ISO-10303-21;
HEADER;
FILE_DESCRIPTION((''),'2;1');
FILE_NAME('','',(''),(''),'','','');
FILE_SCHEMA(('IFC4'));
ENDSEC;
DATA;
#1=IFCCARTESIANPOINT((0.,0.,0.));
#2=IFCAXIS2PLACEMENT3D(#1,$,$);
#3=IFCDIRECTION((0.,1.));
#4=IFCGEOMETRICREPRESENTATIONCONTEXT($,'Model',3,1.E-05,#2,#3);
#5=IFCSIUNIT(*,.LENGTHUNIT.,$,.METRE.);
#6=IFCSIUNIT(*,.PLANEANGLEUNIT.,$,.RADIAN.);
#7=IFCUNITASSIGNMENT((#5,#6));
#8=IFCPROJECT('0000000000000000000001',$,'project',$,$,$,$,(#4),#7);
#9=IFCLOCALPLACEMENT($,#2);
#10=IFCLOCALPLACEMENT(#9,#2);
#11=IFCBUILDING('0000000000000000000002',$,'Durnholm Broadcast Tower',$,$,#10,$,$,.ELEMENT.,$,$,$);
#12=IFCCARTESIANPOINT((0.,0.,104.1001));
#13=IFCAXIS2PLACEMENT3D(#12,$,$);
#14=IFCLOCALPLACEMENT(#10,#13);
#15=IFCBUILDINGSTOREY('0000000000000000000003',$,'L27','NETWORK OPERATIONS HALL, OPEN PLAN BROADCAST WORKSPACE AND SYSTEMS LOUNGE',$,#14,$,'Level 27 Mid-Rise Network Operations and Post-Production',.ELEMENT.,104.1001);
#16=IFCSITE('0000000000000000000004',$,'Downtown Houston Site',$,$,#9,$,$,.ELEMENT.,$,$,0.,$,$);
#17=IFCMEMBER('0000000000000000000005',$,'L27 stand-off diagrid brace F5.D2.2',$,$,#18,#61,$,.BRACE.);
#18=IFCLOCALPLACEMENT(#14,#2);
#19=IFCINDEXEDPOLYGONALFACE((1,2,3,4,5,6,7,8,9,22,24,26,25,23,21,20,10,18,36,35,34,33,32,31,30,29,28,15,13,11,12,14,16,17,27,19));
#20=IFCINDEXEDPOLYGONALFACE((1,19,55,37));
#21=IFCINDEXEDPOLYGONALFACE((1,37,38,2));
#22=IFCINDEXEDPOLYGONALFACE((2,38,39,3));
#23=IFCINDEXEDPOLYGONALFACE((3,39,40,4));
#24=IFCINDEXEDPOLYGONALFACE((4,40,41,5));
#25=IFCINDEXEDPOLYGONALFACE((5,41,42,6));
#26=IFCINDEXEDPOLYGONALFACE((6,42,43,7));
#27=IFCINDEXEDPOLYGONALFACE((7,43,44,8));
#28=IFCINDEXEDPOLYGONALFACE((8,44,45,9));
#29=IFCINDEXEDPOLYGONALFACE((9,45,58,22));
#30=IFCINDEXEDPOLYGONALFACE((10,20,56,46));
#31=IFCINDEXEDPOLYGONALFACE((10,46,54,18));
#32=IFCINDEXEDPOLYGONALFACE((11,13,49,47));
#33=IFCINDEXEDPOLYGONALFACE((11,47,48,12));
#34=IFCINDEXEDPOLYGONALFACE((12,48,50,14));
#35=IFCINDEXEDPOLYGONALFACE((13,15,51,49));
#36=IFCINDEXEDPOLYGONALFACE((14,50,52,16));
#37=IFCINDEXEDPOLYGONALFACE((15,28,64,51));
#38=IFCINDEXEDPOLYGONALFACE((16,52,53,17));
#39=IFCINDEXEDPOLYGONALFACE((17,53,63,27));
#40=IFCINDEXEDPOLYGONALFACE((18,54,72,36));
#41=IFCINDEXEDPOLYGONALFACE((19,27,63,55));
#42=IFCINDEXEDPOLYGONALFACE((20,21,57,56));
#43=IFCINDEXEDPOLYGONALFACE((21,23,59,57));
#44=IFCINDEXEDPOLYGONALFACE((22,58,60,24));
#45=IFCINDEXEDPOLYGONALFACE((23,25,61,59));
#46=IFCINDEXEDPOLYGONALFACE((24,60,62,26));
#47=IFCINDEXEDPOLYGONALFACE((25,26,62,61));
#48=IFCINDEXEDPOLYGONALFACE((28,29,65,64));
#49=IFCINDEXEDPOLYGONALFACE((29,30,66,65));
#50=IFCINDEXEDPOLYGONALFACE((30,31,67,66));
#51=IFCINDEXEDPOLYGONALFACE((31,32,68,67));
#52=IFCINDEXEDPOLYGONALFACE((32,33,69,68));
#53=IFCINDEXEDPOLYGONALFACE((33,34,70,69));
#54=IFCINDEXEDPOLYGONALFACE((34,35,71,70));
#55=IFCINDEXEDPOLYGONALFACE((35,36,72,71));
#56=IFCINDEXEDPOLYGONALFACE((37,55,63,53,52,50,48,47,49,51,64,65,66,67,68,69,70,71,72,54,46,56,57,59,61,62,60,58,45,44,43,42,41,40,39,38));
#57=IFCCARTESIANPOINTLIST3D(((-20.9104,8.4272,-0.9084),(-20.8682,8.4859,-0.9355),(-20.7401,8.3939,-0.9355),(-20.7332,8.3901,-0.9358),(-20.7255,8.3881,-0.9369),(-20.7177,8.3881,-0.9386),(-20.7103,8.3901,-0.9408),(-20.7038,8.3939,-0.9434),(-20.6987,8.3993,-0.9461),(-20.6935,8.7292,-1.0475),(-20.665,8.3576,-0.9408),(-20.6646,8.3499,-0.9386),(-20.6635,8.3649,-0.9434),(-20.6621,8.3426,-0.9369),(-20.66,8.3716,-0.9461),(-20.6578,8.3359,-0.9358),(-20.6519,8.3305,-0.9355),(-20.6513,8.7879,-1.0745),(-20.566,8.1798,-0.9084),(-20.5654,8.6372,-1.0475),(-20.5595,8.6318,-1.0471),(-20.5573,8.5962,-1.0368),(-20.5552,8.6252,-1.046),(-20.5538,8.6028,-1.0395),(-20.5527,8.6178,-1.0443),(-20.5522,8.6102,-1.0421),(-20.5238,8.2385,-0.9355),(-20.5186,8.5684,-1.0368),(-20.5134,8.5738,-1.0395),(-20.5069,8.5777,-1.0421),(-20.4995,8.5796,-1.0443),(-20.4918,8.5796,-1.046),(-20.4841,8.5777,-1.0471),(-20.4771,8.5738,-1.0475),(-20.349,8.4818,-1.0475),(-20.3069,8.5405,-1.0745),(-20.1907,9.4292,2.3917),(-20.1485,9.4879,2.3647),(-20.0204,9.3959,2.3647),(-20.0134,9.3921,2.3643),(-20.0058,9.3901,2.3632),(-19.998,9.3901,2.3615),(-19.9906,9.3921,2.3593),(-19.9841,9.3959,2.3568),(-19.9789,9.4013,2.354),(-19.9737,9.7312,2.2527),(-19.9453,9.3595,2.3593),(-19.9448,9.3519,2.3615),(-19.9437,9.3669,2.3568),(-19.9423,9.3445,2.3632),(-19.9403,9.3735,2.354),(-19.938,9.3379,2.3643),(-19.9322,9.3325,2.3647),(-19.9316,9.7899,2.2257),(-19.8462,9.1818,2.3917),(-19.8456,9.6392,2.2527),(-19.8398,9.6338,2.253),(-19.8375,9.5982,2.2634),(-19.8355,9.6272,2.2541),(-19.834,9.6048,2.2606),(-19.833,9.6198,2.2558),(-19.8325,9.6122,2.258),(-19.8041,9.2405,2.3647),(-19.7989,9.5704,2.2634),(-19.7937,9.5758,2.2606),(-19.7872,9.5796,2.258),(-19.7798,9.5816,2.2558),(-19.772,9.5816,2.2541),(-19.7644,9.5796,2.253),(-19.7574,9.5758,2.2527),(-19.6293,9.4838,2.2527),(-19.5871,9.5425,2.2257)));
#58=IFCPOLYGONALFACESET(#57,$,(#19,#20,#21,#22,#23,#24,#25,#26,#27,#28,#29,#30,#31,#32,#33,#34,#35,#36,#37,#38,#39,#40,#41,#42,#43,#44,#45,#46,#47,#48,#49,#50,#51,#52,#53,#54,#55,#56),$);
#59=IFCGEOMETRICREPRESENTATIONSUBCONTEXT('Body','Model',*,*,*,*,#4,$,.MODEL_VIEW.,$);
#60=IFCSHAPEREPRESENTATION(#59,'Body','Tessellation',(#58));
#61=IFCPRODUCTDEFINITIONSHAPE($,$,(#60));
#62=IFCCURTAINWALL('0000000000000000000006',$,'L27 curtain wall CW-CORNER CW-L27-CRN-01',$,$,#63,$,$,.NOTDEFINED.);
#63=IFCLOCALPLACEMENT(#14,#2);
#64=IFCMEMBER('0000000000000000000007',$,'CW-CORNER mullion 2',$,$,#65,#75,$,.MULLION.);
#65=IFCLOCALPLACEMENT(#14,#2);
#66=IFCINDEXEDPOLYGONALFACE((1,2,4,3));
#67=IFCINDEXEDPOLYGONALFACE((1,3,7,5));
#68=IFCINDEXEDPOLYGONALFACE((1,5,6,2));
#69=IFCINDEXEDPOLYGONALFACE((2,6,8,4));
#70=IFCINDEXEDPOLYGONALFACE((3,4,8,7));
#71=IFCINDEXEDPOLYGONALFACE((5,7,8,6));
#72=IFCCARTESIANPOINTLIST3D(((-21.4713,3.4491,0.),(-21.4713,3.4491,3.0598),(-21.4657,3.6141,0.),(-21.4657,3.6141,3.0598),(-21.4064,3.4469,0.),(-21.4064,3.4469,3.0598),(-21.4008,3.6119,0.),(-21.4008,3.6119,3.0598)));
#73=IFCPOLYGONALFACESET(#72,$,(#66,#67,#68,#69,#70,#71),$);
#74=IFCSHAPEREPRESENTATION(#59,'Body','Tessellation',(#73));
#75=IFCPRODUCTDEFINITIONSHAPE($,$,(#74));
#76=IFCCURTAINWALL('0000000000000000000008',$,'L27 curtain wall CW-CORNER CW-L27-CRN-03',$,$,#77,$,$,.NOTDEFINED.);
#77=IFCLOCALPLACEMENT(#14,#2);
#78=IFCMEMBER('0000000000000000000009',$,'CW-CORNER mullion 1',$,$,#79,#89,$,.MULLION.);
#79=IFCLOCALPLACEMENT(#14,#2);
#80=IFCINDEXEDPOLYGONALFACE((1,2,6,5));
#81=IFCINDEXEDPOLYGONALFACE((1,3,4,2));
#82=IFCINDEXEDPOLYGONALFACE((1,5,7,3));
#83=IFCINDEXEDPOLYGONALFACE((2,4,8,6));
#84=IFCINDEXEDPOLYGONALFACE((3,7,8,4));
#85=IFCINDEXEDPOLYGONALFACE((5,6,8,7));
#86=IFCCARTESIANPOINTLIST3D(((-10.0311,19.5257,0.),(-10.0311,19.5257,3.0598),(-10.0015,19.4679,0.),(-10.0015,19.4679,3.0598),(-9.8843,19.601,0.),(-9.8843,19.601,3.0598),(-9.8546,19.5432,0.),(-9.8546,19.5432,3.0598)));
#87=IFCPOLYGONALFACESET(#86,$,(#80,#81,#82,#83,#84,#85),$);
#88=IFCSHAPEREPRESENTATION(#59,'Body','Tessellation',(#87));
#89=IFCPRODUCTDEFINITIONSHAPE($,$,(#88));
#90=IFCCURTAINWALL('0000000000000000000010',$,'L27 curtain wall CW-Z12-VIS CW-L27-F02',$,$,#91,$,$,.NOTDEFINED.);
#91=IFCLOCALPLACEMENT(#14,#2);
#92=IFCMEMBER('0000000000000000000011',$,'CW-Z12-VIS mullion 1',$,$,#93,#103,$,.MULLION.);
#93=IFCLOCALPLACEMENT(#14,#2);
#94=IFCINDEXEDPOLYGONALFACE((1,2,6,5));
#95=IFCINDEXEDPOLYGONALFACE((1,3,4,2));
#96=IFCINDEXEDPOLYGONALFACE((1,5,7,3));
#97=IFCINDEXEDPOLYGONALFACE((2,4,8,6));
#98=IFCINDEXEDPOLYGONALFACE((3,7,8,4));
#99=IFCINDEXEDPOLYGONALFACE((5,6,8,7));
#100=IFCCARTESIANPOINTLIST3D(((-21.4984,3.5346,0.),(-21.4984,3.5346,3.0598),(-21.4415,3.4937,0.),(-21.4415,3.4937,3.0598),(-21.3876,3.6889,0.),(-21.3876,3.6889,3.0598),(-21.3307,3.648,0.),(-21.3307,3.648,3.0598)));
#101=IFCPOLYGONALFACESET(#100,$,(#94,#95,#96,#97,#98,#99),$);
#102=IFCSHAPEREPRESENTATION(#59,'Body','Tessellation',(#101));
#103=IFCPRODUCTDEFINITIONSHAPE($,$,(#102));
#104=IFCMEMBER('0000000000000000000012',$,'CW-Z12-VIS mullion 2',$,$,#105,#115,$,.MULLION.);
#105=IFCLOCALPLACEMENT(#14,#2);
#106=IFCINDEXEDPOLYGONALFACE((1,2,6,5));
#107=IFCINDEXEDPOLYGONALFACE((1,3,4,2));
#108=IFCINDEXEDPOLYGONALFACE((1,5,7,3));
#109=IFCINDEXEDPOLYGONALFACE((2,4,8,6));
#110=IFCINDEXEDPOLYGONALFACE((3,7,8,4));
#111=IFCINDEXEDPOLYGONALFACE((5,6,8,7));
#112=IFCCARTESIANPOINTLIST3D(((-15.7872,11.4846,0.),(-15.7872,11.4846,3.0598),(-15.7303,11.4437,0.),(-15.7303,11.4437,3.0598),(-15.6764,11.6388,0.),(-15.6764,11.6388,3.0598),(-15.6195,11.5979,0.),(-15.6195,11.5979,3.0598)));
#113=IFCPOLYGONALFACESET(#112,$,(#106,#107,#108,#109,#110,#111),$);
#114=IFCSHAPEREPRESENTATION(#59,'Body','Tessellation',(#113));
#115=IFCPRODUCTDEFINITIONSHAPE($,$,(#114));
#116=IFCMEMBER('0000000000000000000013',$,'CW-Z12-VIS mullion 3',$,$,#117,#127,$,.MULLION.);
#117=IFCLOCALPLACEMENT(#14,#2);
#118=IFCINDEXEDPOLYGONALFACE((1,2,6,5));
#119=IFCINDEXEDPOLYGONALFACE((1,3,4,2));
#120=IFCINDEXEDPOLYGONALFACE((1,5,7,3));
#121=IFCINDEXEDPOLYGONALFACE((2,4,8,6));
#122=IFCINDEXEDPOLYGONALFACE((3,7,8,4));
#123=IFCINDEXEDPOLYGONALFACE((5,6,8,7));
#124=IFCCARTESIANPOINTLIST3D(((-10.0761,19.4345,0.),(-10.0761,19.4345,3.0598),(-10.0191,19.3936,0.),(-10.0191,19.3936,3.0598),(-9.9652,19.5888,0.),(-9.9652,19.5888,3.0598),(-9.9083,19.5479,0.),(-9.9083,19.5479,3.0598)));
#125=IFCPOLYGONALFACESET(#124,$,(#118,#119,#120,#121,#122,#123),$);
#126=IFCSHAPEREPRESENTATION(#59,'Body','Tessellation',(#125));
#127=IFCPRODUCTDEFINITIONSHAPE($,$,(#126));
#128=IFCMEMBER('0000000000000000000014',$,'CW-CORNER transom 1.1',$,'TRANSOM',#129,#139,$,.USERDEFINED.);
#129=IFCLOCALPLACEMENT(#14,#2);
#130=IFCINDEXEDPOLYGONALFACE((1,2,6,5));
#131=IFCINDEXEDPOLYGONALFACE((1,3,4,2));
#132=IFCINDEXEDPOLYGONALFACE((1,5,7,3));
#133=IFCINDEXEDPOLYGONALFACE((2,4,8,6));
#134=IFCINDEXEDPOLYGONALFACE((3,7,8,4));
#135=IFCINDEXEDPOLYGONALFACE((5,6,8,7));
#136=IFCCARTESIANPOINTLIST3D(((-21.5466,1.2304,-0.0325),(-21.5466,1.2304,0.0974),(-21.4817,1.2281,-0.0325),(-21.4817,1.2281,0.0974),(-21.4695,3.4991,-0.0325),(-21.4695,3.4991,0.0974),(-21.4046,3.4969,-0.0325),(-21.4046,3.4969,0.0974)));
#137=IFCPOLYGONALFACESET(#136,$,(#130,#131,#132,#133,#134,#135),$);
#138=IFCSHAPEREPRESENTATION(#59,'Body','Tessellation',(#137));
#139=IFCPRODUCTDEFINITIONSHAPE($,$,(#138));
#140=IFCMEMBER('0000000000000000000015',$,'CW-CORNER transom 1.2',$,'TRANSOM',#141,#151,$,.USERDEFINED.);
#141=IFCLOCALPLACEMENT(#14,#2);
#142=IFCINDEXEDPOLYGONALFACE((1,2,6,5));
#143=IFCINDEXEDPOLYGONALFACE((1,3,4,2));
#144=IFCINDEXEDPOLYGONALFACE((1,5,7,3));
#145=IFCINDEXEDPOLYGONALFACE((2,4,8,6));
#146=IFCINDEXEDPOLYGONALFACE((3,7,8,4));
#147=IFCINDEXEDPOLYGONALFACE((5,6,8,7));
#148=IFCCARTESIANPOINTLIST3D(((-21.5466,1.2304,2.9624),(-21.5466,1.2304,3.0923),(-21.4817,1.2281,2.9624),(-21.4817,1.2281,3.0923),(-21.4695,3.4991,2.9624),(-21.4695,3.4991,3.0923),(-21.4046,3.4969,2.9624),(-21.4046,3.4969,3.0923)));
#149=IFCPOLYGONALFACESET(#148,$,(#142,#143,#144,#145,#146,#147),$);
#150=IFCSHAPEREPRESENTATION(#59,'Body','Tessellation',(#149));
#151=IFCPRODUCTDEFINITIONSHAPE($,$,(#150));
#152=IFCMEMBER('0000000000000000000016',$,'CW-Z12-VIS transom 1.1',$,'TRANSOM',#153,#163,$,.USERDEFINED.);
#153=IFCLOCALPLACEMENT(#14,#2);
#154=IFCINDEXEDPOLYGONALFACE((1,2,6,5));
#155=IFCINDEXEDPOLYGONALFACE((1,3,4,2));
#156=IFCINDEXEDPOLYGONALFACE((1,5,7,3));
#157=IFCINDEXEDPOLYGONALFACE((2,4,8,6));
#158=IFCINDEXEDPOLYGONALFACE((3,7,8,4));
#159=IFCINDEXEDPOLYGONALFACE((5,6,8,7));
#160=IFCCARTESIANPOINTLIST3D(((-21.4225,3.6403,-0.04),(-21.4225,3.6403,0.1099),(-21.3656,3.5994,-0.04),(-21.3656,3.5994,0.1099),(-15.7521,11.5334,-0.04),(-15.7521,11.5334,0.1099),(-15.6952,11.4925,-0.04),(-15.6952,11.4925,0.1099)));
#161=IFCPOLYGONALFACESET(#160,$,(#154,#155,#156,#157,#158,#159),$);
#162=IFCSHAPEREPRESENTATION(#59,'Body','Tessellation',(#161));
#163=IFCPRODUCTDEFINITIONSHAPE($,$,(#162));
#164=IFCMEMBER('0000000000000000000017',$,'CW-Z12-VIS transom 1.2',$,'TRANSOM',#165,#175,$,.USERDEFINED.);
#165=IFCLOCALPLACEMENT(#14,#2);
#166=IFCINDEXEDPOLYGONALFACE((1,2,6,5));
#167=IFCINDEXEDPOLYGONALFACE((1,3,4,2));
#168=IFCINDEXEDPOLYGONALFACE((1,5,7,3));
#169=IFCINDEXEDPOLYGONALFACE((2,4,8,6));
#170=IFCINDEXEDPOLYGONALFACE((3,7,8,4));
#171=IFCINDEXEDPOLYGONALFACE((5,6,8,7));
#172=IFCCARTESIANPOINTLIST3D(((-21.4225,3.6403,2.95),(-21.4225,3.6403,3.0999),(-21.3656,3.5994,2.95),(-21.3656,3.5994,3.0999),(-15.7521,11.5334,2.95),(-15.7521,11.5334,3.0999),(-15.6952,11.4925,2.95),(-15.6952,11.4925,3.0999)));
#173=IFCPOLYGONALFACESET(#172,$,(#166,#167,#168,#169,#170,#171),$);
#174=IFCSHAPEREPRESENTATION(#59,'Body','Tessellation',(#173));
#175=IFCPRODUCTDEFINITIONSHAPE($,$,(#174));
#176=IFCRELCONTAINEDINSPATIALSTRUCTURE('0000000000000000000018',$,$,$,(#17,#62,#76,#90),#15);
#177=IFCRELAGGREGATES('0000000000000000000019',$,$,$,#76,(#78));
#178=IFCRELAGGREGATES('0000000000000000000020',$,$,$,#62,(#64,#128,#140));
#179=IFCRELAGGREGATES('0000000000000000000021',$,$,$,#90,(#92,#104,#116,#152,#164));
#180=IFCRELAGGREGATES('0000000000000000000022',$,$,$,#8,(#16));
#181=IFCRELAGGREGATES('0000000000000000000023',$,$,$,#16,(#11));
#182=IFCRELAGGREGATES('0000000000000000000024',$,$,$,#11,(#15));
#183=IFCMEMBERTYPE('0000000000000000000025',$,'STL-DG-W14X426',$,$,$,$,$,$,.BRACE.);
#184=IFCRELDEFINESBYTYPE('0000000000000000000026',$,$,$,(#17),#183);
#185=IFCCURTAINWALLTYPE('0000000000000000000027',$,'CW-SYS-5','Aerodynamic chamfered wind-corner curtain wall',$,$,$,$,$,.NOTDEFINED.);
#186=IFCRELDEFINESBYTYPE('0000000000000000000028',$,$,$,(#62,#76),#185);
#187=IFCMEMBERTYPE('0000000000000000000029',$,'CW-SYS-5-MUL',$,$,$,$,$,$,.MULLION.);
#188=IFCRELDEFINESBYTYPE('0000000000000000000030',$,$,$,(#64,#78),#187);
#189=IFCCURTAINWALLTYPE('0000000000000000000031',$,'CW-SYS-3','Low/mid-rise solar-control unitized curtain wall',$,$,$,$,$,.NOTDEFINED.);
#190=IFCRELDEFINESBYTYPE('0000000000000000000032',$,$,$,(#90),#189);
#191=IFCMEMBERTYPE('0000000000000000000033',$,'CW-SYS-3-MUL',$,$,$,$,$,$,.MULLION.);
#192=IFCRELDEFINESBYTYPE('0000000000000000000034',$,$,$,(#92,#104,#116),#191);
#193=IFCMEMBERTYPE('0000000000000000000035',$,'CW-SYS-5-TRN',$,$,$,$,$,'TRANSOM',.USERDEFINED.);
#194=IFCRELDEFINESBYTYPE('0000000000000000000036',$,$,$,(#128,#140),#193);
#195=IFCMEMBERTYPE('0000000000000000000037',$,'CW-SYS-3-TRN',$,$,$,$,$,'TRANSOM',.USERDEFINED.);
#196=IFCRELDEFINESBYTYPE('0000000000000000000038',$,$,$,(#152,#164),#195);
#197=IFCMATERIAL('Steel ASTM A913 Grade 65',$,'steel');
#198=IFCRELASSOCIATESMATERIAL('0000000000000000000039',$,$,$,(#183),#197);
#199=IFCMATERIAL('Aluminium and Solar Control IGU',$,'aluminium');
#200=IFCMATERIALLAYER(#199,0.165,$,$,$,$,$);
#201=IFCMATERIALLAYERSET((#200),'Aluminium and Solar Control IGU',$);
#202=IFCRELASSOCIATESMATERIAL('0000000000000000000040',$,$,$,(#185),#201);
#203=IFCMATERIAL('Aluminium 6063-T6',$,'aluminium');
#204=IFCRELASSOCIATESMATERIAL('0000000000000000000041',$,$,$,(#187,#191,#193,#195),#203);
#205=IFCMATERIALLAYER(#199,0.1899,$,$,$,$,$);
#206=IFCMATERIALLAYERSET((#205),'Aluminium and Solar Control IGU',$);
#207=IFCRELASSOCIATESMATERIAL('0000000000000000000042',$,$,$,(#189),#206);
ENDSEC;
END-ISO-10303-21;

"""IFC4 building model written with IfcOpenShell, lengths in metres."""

from ifc_helpers import new_model, si_unit, direction, frame, origin, origin_2d, place, context, subcontext, project, spatial, rectangle, i_section, extrude, source, transform, mapped, material, layer, layer_set, material_profile, profile_set, type_object, type_shapes, element, aggregate, save


model = new_model("IFC4")

# Units and contexts
model_context = context("Model", 3, precision=1e-05, world=origin(), true_north=direction((0.0, 1.0)))
body_context = subcontext(model_context, "Body", "Model", "MODEL_VIEW")
ifc_project = project(units=[si_unit("LENGTHUNIT", "METRE"), si_unit("PLANEANGLEUNIT", "RADIAN")], contexts=[model_context])

# Site, building, storey
site_placement = place(None, origin())
site = spatial("IfcSite", under=ifc_project, at=site_placement, Name="Downtown Houston Site", CompositionType="ELEMENT", RefElevation=0.0)
building_placement = place(site_placement, origin())
building = spatial("IfcBuilding", under=site, at=building_placement, Name="Durnholm Broadcast Tower", CompositionType="ELEMENT")
storey_placement = place(building_placement, frame((0.0, 0.0, 104.1001)))
storey = spatial("IfcBuildingStorey", under=building, at=storey_placement, Name="L27", Description="NETWORK OPERATIONS HALL, OPEN PLAN BROADCAST WORKSPACE AND SYSTEMS LOUNGE", LongName="Level 27 Mid-Rise Network Operations and Post-Production", CompositionType="ELEMENT", Elevation=104.1001)

# Member
ifc_material_1 = material(Name="Steel ASTM A913 Grade 65", Category="steel")
ifc_material_profile_1 = material_profile(ifc_material_1, i_section(OverallWidth=0.4241, OverallDepth=0.4741, WebThickness=0.0476, FlangeThickness=0.0771, FilletRadius=0.0305, at=origin_2d()), Name="W14X426")
ifc_profile_set_1 = profile_set([ifc_material_profile_1], Name="Steel ASTM A913 Grade 65")
member_type_1 = type_object("IfcMemberType", Name="STL-DG-W14X426", PredefinedType="BRACE", material=ifc_profile_set_1)
shared_shape_1 = source(origin(), body_context, "Body", "SweptSolid", [
    extrude(i_section(OverallWidth=0.4241, OverallDepth=0.4741, WebThickness=0.0476, FlangeThickness=0.0771, FilletRadius=0.0305, at=origin_2d()), origin(), (0.0, 0.0, 1.0), 3.5232),
])
type_shapes(member_type_1, [shared_shape_1])
for number, where, z_axis, x_axis, name in (
    (1, (-20.6086, 8.4839, -0.9915), (0.204288, 0.284395, 0.936689), (-0.812179, 0.583408, 0.0), "L27 stand-off diagrid brace F5.D2.2"),
):
    element("IfcMember", number, at=place(storey_placement, frame(where, z_axis=z_axis, x_axis=x_axis)), inside=storey, type_object=member_type_1, Name=name, PredefinedType="BRACE", context=body_context, shape_type="MappedRepresentation", body=[
        mapped(shared_shape_1, transform((0.0, 0.0, 0.0), x_axis=(1.0, 0.0, 0.0), y_axis=(0.0, 1.0, 0.0), z_axis=(0.0, 0.0, 1.0), scale=1.0)),
    ])

# Curtain walls, members
ifc_material_2 = material(Name="Aluminium and Solar Control IGU", Category="aluminium")
ifc_layer_1 = layer(ifc_material_2, 0.165)
ifc_layer_set_1 = layer_set([ifc_layer_1], Name="Aluminium and Solar Control IGU")
curtain_wall_type_1 = type_object("IfcCurtainWallType", Name="CW-SYS-5", Description="Aerodynamic chamfered wind-corner curtain wall", PredefinedType="NOTDEFINED", material=ifc_layer_set_1)
curtain_wall_1_placement = place(storey_placement, origin())
curtain_wall_1 = element("IfcCurtainWall", 2, at=curtain_wall_1_placement, inside=storey, type_object=curtain_wall_type_1, Name="L27 curtain wall CW-CORNER CW-L27-CRN-01", PredefinedType="NOTDEFINED")
ifc_material_3 = material(Name="Aluminium 6063-T6", Category="aluminium")
ifc_material_profile_2 = material_profile(ifc_material_3, rectangle(XDim=0.0649, YDim=0.165, at=origin_2d()), Name="CWM65X165")
ifc_profile_set_2 = profile_set([ifc_material_profile_2], Name="Aluminium 6063-T6")
member_type_2 = type_object("IfcMemberType", Name="CW-SYS-5-MUL", PredefinedType="MULLION", material=ifc_profile_set_2)
shared_shape_2 = source(origin(), body_context, "Body", "SweptSolid", [
    extrude(rectangle(XDim=0.0649, YDim=0.165, at=origin_2d()), origin(), (0.0, 0.0, 1.0), 3.0598),
])
type_shapes(member_type_2, [shared_shape_2])
member_1_placement = place(storey_placement, frame((-21.436, 3.5305, 0.0), z_axis=(0.0, 0.0, 1.0), x_axis=(-0.999425, 0.033917, 0.0)))
member_1 = element("IfcMember", 3, at=member_1_placement, type_object=member_type_2, Name="CW-CORNER mullion 2", PredefinedType="MULLION", context=body_context, shape_type="MappedRepresentation", body=[
    mapped(shared_shape_2, transform((0.0, 0.0, 0.0), x_axis=(1.0, 0.0, 0.0), y_axis=(0.0, 1.0, 0.0), z_axis=(0.0, 0.0, 1.0), scale=1.0)),
])
curtain_wall_2_placement = place(storey_placement, origin())
curtain_wall_2 = element("IfcCurtainWall", 4, at=curtain_wall_2_placement, inside=storey, type_object=curtain_wall_type_1, Name="L27 curtain wall CW-CORNER CW-L27-CRN-03", PredefinedType="NOTDEFINED")
member_2_placement = place(storey_placement, frame((-9.9429, 19.5344, 0.0), z_axis=(0.0, 0.0, 1.0), x_axis=(-0.456373, 0.889788, 0.0)))
member_2 = element("IfcMember", 5, at=member_2_placement, type_object=member_type_2, Name="CW-CORNER mullion 1", PredefinedType="MULLION", context=body_context, shape_type="MappedRepresentation", body=[
    mapped(shared_shape_2, transform((0.0, 0.0, 0.0), x_axis=(1.0, 0.0, 0.0), y_axis=(0.0, 1.0, 0.0), z_axis=(0.0, 0.0, 1.0), scale=1.0)),
])
aggregate(curtain_wall_2, [member_2])

# Curtain wall, members
ifc_layer_2 = layer(ifc_material_2, 0.1899)
ifc_layer_set_2 = layer_set([ifc_layer_2], Name="Aluminium and Solar Control IGU")
curtain_wall_type_2 = type_object("IfcCurtainWallType", Name="CW-SYS-3", Description="Low/mid-rise solar-control unitized curtain wall", PredefinedType="NOTDEFINED", material=ifc_layer_set_2)
curtain_wall_3_placement = place(storey_placement, origin())
curtain_wall_3 = element("IfcCurtainWall", 6, at=curtain_wall_3_placement, inside=storey, type_object=curtain_wall_type_2, Name="L27 curtain wall CW-Z12-VIS CW-L27-F02", PredefinedType="NOTDEFINED")
ifc_material_profile_3 = material_profile(ifc_material_3, rectangle(XDim=0.0701, YDim=0.1899, at=origin_2d()), Name="CWM70X190")
ifc_profile_set_3 = profile_set([ifc_material_profile_3], Name="Aluminium 6063-T6")
member_type_3 = type_object("IfcMemberType", Name="CW-SYS-3-MUL", PredefinedType="MULLION", material=ifc_profile_set_3)
shared_shape_3 = source(origin(), body_context, "Body", "SweptSolid", [
    extrude(rectangle(XDim=0.0701, YDim=0.1899, at=origin_2d()), origin(), (0.0, 0.0, 1.0), 3.0598),
])
type_shapes(member_type_3, [shared_shape_3])
member_3_placement = place(storey_placement, frame((-21.4146, 3.5913, 0.0), z_axis=(0.0, 0.0, 1.0), x_axis=(-0.812152, 0.583445, 0.0)))
member_3 = element("IfcMember", 7, at=member_3_placement, type_object=member_type_3, Name="CW-Z12-VIS mullion 1", PredefinedType="MULLION", context=body_context, shape_type="MappedRepresentation", body=[
    mapped(shared_shape_3, transform((0.0, 0.0, 0.0), x_axis=(1.0, 0.0, 0.0), y_axis=(0.0, 1.0, 0.0), z_axis=(0.0, 0.0, 1.0), scale=1.0)),
])
member_4_placement = place(storey_placement, frame((-15.7034, 11.5413, 0.0), z_axis=(0.0, 0.0, 1.0), x_axis=(-0.812152, 0.583445, 0.0)))
member_4 = element("IfcMember", 8, at=member_4_placement, type_object=member_type_3, Name="CW-Z12-VIS mullion 2", PredefinedType="MULLION", context=body_context, shape_type="MappedRepresentation", body=[
    mapped(shared_shape_3, transform((0.0, 0.0, 0.0), x_axis=(1.0, 0.0, 0.0), y_axis=(0.0, 1.0, 0.0), z_axis=(0.0, 0.0, 1.0), scale=1.0)),
])
member_5_placement = place(storey_placement, frame((-9.9922, 19.4912, 0.0), z_axis=(0.0, 0.0, 1.0), x_axis=(-0.812152, 0.583445, 0.0)))
member_5 = element("IfcMember", 9, at=member_5_placement, type_object=member_type_3, Name="CW-Z12-VIS mullion 3", PredefinedType="MULLION", context=body_context, shape_type="MappedRepresentation", body=[
    mapped(shared_shape_3, transform((0.0, 0.0, 0.0), x_axis=(1.0, 0.0, 0.0), y_axis=(0.0, 1.0, 0.0), z_axis=(0.0, 0.0, 1.0), scale=1.0)),
])

# Members
ifc_material_profile_4 = material_profile(ifc_material_3, rectangle(XDim=0.0649, YDim=0.1299, at=origin_2d()), Name="CWT65X130")
ifc_profile_set_4 = profile_set([ifc_material_profile_4], Name="Aluminium 6063-T6")
member_type_4 = type_object("IfcMemberType", Name="CW-SYS-5-TRN", ElementType="TRANSOM", PredefinedType="USERDEFINED", material=ifc_profile_set_4)
shared_shape_4 = source(origin(), body_context, "Body", "SweptSolid", [
    extrude(rectangle(XDim=0.0649, YDim=0.1299, at=origin_2d()), origin(), (0.0, 0.0, 1.0), 2.27),
])
type_shapes(member_type_4, [shared_shape_4])
member_6_placement = place(storey_placement, frame((-21.5142, 1.2292, 0.0325), z_axis=(0.033984, 0.999422, 0.0), x_axis=(-0.999422, 0.033984, 0.0)))
member_6 = element("IfcMember", 10, at=member_6_placement, type_object=member_type_4, Name="CW-CORNER transom 1.1", ObjectType="TRANSOM", PredefinedType="USERDEFINED", context=body_context, shape_type="MappedRepresentation", body=[
    mapped(shared_shape_4, transform((0.0, 0.0, 0.0), x_axis=(1.0, 0.0, 0.0), y_axis=(0.0, 1.0, 0.0), z_axis=(0.0, 0.0, 1.0), scale=1.0)),
])
member_7_placement = place(storey_placement, frame((-21.5142, 1.2292, 3.0273), z_axis=(0.033984, 0.999422, 0.0), x_axis=(-0.999422, 0.033984, 0.0)))
member_7 = element("IfcMember", 11, at=member_7_placement, type_object=member_type_4, Name="CW-CORNER transom 1.2", ObjectType="TRANSOM", PredefinedType="USERDEFINED", context=body_context, shape_type="MappedRepresentation", body=[
    mapped(shared_shape_4, transform((0.0, 0.0, 0.0), x_axis=(1.0, 0.0, 0.0), y_axis=(0.0, 1.0, 0.0), z_axis=(0.0, 0.0, 1.0), scale=1.0)),
])
ifc_material_profile_5 = material_profile(ifc_material_3, rectangle(XDim=0.0701, YDim=0.1499, at=origin_2d()), Name="CWT70X150")
ifc_profile_set_5 = profile_set([ifc_material_profile_5], Name="Aluminium 6063-T6")
member_type_5 = type_object("IfcMemberType", Name="CW-SYS-3-TRN", ElementType="TRANSOM", PredefinedType="USERDEFINED", material=ifc_profile_set_5)
shared_shape_5 = source(origin(), body_context, "Body", "SweptSolid", [
    extrude(rectangle(XDim=0.0701, YDim=0.1499, at=origin_2d()), origin(), (0.0, 0.0, 1.0), 9.7188),
])
type_shapes(member_type_5, [shared_shape_5])
member_8_placement = place(storey_placement, frame((-21.394, 3.6199, 0.0349), z_axis=(0.583451, 0.812149, 0.0), x_axis=(-0.812149, 0.583451, 0.0)))
member_8 = element("IfcMember", 12, at=member_8_placement, type_object=member_type_5, Name="CW-Z12-VIS transom 1.1", ObjectType="TRANSOM", PredefinedType="USERDEFINED", context=body_context, shape_type="MappedRepresentation", body=[
    mapped(shared_shape_5, transform((0.0, 0.0, 0.0), x_axis=(1.0, 0.0, 0.0), y_axis=(0.0, 1.0, 0.0), z_axis=(0.0, 0.0, 1.0), scale=1.0)),
])
member_9_placement = place(storey_placement, frame((-21.394, 3.6199, 3.0249), z_axis=(0.583451, 0.812149, 0.0), x_axis=(-0.812149, 0.583451, 0.0)))
member_9 = element("IfcMember", 13, at=member_9_placement, type_object=member_type_5, Name="CW-Z12-VIS transom 1.2", ObjectType="TRANSOM", PredefinedType="USERDEFINED", context=body_context, shape_type="MappedRepresentation", body=[
    mapped(shared_shape_5, transform((0.0, 0.0, 0.0), x_axis=(1.0, 0.0, 0.0), y_axis=(0.0, 1.0, 0.0), z_axis=(0.0, 0.0, 1.0), scale=1.0)),
])

aggregate(curtain_wall_1, [member_1, member_6, member_7])
aggregate(curtain_wall_3, [member_3, member_4, member_5, member_8, member_9])

save(model, "model.ifc")
